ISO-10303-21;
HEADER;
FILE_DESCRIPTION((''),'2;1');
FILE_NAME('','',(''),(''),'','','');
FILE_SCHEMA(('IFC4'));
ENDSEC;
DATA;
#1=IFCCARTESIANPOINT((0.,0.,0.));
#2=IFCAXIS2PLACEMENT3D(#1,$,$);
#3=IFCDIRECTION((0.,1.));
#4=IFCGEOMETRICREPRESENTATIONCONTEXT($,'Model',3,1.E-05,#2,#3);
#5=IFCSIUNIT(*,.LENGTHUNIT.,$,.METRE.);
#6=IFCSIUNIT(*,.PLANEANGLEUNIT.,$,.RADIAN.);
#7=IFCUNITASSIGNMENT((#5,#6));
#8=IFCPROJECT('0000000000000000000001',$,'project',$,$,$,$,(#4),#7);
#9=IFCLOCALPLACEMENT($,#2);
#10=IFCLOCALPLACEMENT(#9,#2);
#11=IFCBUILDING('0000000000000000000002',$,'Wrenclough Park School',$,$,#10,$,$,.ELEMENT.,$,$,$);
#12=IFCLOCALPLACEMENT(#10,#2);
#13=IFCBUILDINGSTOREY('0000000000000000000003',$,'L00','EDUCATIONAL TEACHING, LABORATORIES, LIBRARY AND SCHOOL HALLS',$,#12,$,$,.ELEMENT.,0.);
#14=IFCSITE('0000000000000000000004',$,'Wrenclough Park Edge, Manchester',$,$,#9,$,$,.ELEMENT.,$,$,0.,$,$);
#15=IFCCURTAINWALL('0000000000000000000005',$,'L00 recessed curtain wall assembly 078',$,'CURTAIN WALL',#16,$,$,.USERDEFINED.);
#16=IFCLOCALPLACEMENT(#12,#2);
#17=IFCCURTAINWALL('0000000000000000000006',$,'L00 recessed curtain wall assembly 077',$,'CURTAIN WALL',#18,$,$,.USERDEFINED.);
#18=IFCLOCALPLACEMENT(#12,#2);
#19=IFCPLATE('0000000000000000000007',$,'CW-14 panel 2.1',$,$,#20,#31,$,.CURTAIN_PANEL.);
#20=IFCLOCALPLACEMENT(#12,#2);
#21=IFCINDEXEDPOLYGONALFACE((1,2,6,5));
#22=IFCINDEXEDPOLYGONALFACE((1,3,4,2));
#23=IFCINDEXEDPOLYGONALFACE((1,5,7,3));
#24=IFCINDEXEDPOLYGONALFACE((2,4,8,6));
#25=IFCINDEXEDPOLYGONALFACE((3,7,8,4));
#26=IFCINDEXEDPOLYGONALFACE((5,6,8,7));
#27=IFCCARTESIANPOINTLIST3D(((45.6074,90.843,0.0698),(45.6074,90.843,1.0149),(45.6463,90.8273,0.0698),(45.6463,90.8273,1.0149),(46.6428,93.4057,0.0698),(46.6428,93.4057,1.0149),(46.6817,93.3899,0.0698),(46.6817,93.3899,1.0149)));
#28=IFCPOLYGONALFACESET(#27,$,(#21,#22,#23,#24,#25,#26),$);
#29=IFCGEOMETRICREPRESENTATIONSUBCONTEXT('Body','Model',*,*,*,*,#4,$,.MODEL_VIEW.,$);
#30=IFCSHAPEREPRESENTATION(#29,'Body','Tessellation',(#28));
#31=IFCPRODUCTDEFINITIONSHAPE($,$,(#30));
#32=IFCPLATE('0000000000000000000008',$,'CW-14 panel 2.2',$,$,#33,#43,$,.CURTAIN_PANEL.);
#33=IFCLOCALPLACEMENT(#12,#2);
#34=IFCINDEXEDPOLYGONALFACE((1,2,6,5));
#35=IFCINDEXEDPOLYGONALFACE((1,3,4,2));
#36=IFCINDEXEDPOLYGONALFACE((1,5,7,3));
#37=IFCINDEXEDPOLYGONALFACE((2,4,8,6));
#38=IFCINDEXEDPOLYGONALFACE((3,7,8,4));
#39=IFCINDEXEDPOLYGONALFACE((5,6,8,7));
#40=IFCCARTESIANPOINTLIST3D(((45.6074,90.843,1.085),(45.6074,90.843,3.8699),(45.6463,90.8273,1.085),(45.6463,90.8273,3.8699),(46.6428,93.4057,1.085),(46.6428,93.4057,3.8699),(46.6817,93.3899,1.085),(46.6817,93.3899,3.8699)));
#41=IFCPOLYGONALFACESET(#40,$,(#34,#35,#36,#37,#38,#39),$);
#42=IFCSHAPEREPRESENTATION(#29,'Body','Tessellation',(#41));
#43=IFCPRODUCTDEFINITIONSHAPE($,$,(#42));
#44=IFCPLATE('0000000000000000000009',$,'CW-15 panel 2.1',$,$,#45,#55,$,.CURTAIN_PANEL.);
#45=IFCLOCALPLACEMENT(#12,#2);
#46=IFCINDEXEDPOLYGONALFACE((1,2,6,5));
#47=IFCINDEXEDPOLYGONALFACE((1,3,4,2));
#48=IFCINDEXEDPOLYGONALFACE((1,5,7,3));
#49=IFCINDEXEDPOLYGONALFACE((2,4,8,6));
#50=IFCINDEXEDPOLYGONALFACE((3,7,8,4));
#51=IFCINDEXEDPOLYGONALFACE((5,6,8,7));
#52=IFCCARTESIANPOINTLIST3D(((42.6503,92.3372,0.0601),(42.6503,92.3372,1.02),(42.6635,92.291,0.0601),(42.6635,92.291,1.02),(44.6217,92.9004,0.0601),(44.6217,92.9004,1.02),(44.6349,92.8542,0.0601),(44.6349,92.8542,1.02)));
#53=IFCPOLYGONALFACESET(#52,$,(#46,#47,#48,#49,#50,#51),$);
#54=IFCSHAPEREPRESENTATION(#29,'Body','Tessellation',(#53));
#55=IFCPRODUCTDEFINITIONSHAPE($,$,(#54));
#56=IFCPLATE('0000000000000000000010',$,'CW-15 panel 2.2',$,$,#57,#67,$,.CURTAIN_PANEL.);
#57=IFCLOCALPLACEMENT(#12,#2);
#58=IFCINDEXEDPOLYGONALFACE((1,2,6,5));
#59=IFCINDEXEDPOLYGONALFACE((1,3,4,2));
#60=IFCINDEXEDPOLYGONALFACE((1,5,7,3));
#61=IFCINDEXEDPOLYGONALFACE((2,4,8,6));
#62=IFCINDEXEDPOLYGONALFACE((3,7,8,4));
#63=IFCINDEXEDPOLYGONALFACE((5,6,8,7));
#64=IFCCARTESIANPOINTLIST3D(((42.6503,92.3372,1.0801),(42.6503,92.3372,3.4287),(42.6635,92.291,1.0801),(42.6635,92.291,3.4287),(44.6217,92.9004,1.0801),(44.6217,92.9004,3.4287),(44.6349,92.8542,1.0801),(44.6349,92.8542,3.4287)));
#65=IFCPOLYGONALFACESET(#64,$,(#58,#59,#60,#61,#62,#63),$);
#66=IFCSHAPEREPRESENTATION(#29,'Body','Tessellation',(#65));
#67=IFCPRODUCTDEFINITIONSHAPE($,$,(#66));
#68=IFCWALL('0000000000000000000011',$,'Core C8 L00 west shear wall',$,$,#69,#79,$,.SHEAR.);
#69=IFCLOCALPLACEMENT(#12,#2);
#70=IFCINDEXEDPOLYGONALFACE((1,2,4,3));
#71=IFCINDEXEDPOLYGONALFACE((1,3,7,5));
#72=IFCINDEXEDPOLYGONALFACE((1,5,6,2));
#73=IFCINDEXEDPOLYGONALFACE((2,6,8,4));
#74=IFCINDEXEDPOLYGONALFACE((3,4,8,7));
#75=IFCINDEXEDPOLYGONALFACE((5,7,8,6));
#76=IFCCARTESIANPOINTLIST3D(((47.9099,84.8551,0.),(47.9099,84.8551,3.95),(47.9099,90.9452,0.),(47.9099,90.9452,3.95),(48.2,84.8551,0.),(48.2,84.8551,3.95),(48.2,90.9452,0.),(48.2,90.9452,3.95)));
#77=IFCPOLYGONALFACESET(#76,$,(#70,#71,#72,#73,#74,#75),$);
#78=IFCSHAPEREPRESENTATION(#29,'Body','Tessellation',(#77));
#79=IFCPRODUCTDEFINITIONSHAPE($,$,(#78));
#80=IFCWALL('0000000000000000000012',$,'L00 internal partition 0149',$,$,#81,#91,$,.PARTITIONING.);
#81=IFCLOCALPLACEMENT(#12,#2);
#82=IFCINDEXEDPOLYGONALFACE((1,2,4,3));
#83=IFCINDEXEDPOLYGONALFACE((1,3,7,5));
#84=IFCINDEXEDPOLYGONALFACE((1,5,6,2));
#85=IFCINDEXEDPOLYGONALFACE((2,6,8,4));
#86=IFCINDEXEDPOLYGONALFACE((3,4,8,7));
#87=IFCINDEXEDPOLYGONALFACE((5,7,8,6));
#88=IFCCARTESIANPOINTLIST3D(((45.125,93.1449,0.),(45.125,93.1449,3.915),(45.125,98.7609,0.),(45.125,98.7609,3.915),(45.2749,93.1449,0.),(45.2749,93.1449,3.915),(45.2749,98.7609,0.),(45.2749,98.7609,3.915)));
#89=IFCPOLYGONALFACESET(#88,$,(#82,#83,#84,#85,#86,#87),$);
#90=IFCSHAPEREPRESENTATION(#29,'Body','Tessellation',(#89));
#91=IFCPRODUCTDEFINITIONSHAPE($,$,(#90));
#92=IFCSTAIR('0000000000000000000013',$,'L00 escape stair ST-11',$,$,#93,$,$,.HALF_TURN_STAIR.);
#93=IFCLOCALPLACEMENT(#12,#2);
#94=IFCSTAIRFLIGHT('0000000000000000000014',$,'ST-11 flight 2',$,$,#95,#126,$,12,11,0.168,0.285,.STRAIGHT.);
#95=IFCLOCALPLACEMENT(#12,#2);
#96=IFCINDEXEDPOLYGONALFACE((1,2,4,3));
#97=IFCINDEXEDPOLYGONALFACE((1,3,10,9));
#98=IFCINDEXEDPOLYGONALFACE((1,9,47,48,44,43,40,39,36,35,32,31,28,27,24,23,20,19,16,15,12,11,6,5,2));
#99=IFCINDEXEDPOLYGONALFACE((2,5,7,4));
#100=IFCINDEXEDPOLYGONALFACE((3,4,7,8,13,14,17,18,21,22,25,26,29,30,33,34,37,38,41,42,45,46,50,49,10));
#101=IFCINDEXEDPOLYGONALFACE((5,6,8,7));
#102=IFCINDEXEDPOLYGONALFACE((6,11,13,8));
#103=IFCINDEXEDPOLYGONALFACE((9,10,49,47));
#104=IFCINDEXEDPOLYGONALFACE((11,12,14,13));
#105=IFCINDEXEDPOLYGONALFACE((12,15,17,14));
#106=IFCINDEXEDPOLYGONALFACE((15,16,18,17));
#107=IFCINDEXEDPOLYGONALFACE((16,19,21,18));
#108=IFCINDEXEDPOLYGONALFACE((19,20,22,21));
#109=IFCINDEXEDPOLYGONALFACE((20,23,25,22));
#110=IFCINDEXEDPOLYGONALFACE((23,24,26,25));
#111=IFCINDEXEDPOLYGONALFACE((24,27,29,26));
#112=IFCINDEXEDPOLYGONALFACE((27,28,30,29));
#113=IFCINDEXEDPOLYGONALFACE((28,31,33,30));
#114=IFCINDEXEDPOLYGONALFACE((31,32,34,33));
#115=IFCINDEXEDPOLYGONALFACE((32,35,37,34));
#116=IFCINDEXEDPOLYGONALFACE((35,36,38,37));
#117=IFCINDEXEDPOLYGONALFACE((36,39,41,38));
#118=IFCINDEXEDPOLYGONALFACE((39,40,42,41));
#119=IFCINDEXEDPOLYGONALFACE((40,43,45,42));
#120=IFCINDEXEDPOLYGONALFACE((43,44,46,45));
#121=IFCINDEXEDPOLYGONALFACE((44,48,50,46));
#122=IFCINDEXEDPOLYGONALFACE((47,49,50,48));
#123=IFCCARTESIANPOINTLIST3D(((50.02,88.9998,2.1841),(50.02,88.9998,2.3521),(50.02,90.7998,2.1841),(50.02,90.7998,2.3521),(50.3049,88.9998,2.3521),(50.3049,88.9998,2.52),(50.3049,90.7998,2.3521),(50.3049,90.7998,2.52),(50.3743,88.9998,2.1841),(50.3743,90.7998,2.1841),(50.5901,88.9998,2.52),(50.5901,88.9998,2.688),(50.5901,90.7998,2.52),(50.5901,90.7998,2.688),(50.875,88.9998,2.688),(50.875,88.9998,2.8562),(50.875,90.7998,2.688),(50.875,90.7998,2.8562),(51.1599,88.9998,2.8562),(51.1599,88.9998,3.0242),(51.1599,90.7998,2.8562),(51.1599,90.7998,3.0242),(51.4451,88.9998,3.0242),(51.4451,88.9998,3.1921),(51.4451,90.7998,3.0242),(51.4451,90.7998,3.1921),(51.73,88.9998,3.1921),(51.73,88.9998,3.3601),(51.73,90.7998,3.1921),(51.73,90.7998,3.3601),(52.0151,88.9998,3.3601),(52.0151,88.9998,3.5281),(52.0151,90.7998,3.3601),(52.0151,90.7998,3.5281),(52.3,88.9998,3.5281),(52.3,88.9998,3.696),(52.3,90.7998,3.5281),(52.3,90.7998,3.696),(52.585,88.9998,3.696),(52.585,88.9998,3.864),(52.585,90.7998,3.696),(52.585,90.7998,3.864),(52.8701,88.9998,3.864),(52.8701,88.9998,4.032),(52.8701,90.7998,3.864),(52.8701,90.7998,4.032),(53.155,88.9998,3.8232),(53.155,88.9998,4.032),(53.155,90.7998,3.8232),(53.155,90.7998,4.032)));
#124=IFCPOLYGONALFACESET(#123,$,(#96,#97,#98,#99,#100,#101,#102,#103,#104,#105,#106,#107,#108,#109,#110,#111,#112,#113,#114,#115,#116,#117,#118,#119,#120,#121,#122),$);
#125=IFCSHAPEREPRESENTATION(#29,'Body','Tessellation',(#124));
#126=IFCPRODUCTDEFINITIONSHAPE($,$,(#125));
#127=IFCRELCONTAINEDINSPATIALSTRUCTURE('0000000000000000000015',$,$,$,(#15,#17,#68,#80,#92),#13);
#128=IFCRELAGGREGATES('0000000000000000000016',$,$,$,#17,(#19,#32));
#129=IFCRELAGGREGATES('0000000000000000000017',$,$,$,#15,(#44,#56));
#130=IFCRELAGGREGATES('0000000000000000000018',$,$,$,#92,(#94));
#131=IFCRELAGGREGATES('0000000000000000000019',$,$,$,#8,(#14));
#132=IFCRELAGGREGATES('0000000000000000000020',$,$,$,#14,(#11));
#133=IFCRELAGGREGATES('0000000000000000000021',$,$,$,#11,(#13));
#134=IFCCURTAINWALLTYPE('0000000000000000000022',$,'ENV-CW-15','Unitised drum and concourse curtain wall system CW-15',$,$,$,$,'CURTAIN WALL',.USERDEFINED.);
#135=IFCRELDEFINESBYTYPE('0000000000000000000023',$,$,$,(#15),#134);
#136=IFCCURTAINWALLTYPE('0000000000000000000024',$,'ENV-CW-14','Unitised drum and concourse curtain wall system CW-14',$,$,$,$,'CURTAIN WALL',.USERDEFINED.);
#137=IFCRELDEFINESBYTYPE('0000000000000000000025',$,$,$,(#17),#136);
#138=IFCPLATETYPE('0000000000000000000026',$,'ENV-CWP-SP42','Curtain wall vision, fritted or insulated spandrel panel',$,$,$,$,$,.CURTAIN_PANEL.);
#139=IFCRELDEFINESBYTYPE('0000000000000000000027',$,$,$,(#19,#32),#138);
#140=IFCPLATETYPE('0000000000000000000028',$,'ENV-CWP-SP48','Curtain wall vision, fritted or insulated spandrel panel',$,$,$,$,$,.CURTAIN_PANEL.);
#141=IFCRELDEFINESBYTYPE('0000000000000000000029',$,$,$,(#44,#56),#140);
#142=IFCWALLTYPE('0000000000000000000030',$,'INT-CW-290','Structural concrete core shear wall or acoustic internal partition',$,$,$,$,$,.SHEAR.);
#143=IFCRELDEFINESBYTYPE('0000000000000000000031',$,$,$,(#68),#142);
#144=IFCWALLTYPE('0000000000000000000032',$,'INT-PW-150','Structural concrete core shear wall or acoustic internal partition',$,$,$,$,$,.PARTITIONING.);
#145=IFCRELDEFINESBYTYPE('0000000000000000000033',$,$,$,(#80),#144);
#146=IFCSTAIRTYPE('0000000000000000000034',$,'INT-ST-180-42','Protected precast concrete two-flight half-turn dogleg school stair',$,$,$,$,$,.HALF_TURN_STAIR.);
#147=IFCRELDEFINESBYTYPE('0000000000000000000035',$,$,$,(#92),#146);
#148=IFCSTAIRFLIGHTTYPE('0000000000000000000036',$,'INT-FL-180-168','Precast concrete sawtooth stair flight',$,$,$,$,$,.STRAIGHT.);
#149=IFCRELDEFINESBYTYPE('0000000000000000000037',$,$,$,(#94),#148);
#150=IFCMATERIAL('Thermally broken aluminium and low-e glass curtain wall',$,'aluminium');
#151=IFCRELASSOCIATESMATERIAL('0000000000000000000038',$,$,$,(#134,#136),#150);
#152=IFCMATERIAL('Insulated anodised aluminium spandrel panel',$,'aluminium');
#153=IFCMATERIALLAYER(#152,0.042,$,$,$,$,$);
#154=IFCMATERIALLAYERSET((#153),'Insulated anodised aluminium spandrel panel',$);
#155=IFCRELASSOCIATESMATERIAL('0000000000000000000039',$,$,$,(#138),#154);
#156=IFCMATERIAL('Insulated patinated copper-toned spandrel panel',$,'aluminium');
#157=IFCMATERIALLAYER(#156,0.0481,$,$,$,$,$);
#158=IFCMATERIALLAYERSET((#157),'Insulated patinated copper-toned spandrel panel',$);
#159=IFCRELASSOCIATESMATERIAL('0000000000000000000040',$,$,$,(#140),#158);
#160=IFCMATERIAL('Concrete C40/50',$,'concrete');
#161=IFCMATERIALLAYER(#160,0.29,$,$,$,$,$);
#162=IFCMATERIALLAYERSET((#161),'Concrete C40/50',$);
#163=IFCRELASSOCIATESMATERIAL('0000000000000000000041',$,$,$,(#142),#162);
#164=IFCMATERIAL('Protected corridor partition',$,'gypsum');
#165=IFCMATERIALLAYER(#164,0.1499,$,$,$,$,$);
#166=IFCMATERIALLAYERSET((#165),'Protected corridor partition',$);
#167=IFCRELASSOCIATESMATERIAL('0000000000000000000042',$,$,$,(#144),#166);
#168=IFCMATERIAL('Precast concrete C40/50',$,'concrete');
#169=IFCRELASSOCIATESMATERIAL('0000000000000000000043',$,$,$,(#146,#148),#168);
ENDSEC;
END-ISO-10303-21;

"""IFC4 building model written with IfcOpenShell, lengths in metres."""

from ifc_helpers import new_model, si_unit, direction, frame, frame_2d, origin, origin_2d, place, context, subcontext, project, spatial, polyline, rectangle, outline, extrude, material, layer, layer_set, type_object, element, aggregate, save


model = new_model("IFC4")

# Units and contexts
model_context = context("Model", 3, precision=1e-05, world=origin(), true_north=direction((0.0, 1.0)))
body_context = subcontext(model_context, "Body", "Model", "MODEL_VIEW")
ifc_project = project(units=[si_unit("LENGTHUNIT", "METRE"), si_unit("PLANEANGLEUNIT", "RADIAN")], contexts=[model_context])

# Site, building, storey
site_placement = place(None, origin())
site = spatial("IfcSite", under=ifc_project, at=site_placement, Name="Wrenclough Park Edge, Manchester", CompositionType="ELEMENT", RefElevation=0.0)
building_placement = place(site_placement, origin())
building = spatial("IfcBuilding", under=site, at=building_placement, Name="Wrenclough Park School", CompositionType="ELEMENT")
storey_placement = place(building_placement, origin())
storey = spatial("IfcBuildingStorey", under=building, at=storey_placement, Name="L00", Description="EDUCATIONAL TEACHING, LABORATORIES, LIBRARY AND SCHOOL HALLS", CompositionType="ELEMENT", Elevation=0.0)

# Curtain wall
ifc_material_1 = material(Name="Thermally broken aluminium and low-e glass curtain wall", Category="aluminium")
curtain_wall_type_1 = type_object("IfcCurtainWallType", Name="ENV-CW-15", Description="Unitised drum and concourse curtain wall system CW-15", ElementType="CURTAIN WALL", PredefinedType="USERDEFINED", material=ifc_material_1)
curtain_wall_1_placement = place(storey_placement, origin())
curtain_wall_1 = element("IfcCurtainWall", 1, at=curtain_wall_1_placement, inside=storey, type_object=curtain_wall_type_1, Name="L00 recessed curtain wall assembly 078", ObjectType="CURTAIN WALL", PredefinedType="USERDEFINED")

# Curtain wall
curtain_wall_type_2 = type_object("IfcCurtainWallType", Name="ENV-CW-14", Description="Unitised drum and concourse curtain wall system CW-14", ElementType="CURTAIN WALL", PredefinedType="USERDEFINED", material=ifc_material_1)
curtain_wall_2_placement = place(storey_placement, origin())
curtain_wall_2 = element("IfcCurtainWall", 2, at=curtain_wall_2_placement, inside=storey, type_object=curtain_wall_type_2, Name="L00 recessed curtain wall assembly 077", ObjectType="CURTAIN WALL", PredefinedType="USERDEFINED")

# Plates
ifc_material_2 = material(Name="Insulated anodised aluminium spandrel panel", Category="aluminium")
ifc_layer_1 = layer(ifc_material_2, 0.042)
ifc_layer_set_1 = layer_set([ifc_layer_1], Name="Insulated anodised aluminium spandrel panel")
plate_type_1 = type_object("IfcPlateType", Name="ENV-CWP-SP42", Description="Curtain wall vision, fritted or insulated spandrel panel", PredefinedType="CURTAIN_PANEL", material=ifc_layer_set_1)
plate_1_placement = place(storey_placement, frame((46.1445, 92.1165, 0.0698), z_axis=(0.0, 0.0, 1.0), x_axis=(0.374604, 0.927185, 0.0)))
plate_1 = element("IfcPlate", 3, at=plate_1_placement, type_object=plate_type_1, Name="CW-14 panel 2.1", PredefinedType="CURTAIN_PANEL", context=body_context, shape_type="SweptSolid", body=[
    extrude(rectangle(XDim=2.7639, YDim=0.042, at=origin_2d()), origin(), (0.0, 0.0, 1.0), 0.9451),
])
plate_2_placement = place(storey_placement, frame((46.1445, 92.1165, 1.085), z_axis=(0.0, 0.0, 1.0), x_axis=(0.374604, 0.927185, 0.0)))
plate_2 = element("IfcPlate", 4, at=plate_2_placement, type_object=plate_type_1, Name="CW-14 panel 2.2", PredefinedType="CURTAIN_PANEL", context=body_context, shape_type="SweptSolid", body=[
    extrude(rectangle(XDim=2.7639, YDim=0.042, at=origin_2d()), origin(), (0.0, 0.0, 1.0), 2.7849),
])
aggregate(curtain_wall_2, [plate_1, plate_2])
ifc_material_3 = material(Name="Insulated patinated copper-toned spandrel panel", Category="aluminium")
ifc_layer_2 = layer(ifc_material_3, 0.0481)
ifc_layer_set_2 = layer_set([ifc_layer_2], Name="Insulated patinated copper-toned spandrel panel")
plate_type_2 = type_object("IfcPlateType", Name="ENV-CWP-SP48", Description="Curtain wall vision, fritted or insulated spandrel panel", PredefinedType="CURTAIN_PANEL", material=ifc_layer_set_2)
plate_3_placement = place(storey_placement, frame((43.6426, 92.5957, 0.0601), z_axis=(0.0, 0.0, 1.0), x_axis=(-0.961527, -0.274711, 0.0)))
plate_3 = element("IfcPlate", 5, at=plate_3_placement, type_object=plate_type_2, Name="CW-15 panel 2.1", PredefinedType="CURTAIN_PANEL", context=body_context, shape_type="SweptSolid", body=[
    extrude(rectangle(XDim=2.0503, YDim=0.0481, at=origin_2d()), origin(), (0.0, 0.0, 1.0), 0.96),
])
plate_4_placement = place(storey_placement, frame((43.6426, 92.5957, 1.0801), z_axis=(0.0, 0.0, 1.0), x_axis=(-0.961527, -0.274711, 0.0)))
plate_4 = element("IfcPlate", 6, at=plate_4_placement, type_object=plate_type_2, Name="CW-15 panel 2.2", PredefinedType="CURTAIN_PANEL", context=body_context, shape_type="SweptSolid", body=[
    extrude(rectangle(XDim=2.0503, YDim=0.0481, at=origin_2d()), origin(), (0.0, 0.0, 1.0), 2.3486),
])
aggregate(curtain_wall_1, [plate_3, plate_4])

# Walls
ifc_material_4 = material(Name="Concrete C40/50", Category="concrete")
ifc_layer_3 = layer(ifc_material_4, 0.29)
ifc_layer_set_3 = layer_set([ifc_layer_3], Name="Concrete C40/50")
wall_type_1 = type_object("IfcWallType", Name="INT-CW-290", Description="Structural concrete core shear wall or acoustic internal partition", PredefinedType="SHEAR", material=ifc_layer_set_3)
wall_1_placement = place(storey_placement, frame((48.0549, 90.9451, 0.0), z_axis=(0.0, 0.0, 1.0), x_axis=(0.0, -1.0, 0.0)))
element("IfcWall", 7, at=wall_1_placement, inside=storey, type_object=wall_type_1, Name="Core C8 L00 west shear wall", PredefinedType="SHEAR", context=body_context, shape_type="SweptSolid", body=[
    extrude(rectangle(XDim=6.0901, YDim=0.29, at=frame_2d((3.0449, 0.0))), origin(), (0.0, 0.0, 1.0), 3.95),
])
ifc_material_5 = material(Name="Protected corridor partition", Category="gypsum")
ifc_layer_4 = layer(ifc_material_5, 0.1499)
ifc_layer_set_4 = layer_set([ifc_layer_4], Name="Protected corridor partition")
wall_type_2 = type_object("IfcWallType", Name="INT-PW-150", Description="Structural concrete core shear wall or acoustic internal partition", PredefinedType="PARTITIONING", material=ifc_layer_set_4)
wall_2_placement = place(storey_placement, frame((45.2, 93.1448, 0.0), z_axis=(0.0, 0.0, 1.0), x_axis=(0.0, 1.0, 0.0)))
element("IfcWall", 8, at=wall_2_placement, inside=storey, type_object=wall_type_2, Name="L00 internal partition 0149", PredefinedType="PARTITIONING", context=body_context, shape_type="SweptSolid", body=[
    extrude(rectangle(XDim=5.616, YDim=0.1499, at=frame_2d((2.8081, 0.0))), origin(), (0.0, 0.0, 1.0), 3.915),
])

# Stair, stair flight
ifc_material_6 = material(Name="Precast concrete C40/50", Category="concrete")
stair_type = type_object("IfcStairType", Name="INT-ST-180-42", Description="Protected precast concrete two-flight half-turn dogleg school stair", PredefinedType="HALF_TURN_STAIR", material=ifc_material_6)
stair_placement = place(storey_placement, origin())
stair = element("IfcStair", 9, at=stair_placement, inside=storey, type_object=stair_type, Name="L00 escape stair ST-11", PredefinedType="HALF_TURN_STAIR")
stair_flight_type = type_object("IfcStairFlightType", Name="INT-FL-180-168", Description="Precast concrete sawtooth stair flight", PredefinedType="STRAIGHT", material=ifc_material_6)
stair_flight_placement = place(storey_placement, frame((50.02, 89.8999, 2.1841), z_axis=(0.0, 0.0, 1.0), x_axis=(1.0, 0.0, 0.0)))
stair_flight = element("IfcStairFlight", 10, at=stair_flight_placement, type_object=stair_flight_type, Name="ST-11 flight 2", NumberOfRisers=12, NumberOfTreads=11, PredefinedType="STRAIGHT", RiserHeight=0.168, TreadLength=0.285, context=body_context, shape_type="SweptSolid", body=[
    extrude(outline(polyline([(0.0, 0.0), (0.0, 0.168), (0.2849, 0.168), (0.2849, 0.3359), (0.5701, 0.3359), (0.5701, 0.5039), (0.855, 0.5039), (0.855, 0.6721), (1.1399, 0.6721), (1.1399, 0.8401), (1.425, 0.8401), (1.425, 1.0081), (1.71, 1.0081), (1.71, 1.176), (1.9951, 1.176), (1.9951, 1.344), (2.28, 1.344), (2.28, 1.512), (2.5649, 1.512), (2.5649, 1.6799), (2.8501, 1.6799), (2.8501, 1.8479), (3.135, 1.8479), (3.135, 2.0161), (3.135, 1.6392), (0.3542, 0.0), (0.0, 0.0)])), frame((0.0, 0.8999, 0.0), z_axis=(0.0, -1.0, 0.0), x_axis=(1.0, 0.0, 0.0)), (0.0, 0.0, 1.0), 1.8),
])
aggregate(stair, [stair_flight])

save(model, "model.ifc")
